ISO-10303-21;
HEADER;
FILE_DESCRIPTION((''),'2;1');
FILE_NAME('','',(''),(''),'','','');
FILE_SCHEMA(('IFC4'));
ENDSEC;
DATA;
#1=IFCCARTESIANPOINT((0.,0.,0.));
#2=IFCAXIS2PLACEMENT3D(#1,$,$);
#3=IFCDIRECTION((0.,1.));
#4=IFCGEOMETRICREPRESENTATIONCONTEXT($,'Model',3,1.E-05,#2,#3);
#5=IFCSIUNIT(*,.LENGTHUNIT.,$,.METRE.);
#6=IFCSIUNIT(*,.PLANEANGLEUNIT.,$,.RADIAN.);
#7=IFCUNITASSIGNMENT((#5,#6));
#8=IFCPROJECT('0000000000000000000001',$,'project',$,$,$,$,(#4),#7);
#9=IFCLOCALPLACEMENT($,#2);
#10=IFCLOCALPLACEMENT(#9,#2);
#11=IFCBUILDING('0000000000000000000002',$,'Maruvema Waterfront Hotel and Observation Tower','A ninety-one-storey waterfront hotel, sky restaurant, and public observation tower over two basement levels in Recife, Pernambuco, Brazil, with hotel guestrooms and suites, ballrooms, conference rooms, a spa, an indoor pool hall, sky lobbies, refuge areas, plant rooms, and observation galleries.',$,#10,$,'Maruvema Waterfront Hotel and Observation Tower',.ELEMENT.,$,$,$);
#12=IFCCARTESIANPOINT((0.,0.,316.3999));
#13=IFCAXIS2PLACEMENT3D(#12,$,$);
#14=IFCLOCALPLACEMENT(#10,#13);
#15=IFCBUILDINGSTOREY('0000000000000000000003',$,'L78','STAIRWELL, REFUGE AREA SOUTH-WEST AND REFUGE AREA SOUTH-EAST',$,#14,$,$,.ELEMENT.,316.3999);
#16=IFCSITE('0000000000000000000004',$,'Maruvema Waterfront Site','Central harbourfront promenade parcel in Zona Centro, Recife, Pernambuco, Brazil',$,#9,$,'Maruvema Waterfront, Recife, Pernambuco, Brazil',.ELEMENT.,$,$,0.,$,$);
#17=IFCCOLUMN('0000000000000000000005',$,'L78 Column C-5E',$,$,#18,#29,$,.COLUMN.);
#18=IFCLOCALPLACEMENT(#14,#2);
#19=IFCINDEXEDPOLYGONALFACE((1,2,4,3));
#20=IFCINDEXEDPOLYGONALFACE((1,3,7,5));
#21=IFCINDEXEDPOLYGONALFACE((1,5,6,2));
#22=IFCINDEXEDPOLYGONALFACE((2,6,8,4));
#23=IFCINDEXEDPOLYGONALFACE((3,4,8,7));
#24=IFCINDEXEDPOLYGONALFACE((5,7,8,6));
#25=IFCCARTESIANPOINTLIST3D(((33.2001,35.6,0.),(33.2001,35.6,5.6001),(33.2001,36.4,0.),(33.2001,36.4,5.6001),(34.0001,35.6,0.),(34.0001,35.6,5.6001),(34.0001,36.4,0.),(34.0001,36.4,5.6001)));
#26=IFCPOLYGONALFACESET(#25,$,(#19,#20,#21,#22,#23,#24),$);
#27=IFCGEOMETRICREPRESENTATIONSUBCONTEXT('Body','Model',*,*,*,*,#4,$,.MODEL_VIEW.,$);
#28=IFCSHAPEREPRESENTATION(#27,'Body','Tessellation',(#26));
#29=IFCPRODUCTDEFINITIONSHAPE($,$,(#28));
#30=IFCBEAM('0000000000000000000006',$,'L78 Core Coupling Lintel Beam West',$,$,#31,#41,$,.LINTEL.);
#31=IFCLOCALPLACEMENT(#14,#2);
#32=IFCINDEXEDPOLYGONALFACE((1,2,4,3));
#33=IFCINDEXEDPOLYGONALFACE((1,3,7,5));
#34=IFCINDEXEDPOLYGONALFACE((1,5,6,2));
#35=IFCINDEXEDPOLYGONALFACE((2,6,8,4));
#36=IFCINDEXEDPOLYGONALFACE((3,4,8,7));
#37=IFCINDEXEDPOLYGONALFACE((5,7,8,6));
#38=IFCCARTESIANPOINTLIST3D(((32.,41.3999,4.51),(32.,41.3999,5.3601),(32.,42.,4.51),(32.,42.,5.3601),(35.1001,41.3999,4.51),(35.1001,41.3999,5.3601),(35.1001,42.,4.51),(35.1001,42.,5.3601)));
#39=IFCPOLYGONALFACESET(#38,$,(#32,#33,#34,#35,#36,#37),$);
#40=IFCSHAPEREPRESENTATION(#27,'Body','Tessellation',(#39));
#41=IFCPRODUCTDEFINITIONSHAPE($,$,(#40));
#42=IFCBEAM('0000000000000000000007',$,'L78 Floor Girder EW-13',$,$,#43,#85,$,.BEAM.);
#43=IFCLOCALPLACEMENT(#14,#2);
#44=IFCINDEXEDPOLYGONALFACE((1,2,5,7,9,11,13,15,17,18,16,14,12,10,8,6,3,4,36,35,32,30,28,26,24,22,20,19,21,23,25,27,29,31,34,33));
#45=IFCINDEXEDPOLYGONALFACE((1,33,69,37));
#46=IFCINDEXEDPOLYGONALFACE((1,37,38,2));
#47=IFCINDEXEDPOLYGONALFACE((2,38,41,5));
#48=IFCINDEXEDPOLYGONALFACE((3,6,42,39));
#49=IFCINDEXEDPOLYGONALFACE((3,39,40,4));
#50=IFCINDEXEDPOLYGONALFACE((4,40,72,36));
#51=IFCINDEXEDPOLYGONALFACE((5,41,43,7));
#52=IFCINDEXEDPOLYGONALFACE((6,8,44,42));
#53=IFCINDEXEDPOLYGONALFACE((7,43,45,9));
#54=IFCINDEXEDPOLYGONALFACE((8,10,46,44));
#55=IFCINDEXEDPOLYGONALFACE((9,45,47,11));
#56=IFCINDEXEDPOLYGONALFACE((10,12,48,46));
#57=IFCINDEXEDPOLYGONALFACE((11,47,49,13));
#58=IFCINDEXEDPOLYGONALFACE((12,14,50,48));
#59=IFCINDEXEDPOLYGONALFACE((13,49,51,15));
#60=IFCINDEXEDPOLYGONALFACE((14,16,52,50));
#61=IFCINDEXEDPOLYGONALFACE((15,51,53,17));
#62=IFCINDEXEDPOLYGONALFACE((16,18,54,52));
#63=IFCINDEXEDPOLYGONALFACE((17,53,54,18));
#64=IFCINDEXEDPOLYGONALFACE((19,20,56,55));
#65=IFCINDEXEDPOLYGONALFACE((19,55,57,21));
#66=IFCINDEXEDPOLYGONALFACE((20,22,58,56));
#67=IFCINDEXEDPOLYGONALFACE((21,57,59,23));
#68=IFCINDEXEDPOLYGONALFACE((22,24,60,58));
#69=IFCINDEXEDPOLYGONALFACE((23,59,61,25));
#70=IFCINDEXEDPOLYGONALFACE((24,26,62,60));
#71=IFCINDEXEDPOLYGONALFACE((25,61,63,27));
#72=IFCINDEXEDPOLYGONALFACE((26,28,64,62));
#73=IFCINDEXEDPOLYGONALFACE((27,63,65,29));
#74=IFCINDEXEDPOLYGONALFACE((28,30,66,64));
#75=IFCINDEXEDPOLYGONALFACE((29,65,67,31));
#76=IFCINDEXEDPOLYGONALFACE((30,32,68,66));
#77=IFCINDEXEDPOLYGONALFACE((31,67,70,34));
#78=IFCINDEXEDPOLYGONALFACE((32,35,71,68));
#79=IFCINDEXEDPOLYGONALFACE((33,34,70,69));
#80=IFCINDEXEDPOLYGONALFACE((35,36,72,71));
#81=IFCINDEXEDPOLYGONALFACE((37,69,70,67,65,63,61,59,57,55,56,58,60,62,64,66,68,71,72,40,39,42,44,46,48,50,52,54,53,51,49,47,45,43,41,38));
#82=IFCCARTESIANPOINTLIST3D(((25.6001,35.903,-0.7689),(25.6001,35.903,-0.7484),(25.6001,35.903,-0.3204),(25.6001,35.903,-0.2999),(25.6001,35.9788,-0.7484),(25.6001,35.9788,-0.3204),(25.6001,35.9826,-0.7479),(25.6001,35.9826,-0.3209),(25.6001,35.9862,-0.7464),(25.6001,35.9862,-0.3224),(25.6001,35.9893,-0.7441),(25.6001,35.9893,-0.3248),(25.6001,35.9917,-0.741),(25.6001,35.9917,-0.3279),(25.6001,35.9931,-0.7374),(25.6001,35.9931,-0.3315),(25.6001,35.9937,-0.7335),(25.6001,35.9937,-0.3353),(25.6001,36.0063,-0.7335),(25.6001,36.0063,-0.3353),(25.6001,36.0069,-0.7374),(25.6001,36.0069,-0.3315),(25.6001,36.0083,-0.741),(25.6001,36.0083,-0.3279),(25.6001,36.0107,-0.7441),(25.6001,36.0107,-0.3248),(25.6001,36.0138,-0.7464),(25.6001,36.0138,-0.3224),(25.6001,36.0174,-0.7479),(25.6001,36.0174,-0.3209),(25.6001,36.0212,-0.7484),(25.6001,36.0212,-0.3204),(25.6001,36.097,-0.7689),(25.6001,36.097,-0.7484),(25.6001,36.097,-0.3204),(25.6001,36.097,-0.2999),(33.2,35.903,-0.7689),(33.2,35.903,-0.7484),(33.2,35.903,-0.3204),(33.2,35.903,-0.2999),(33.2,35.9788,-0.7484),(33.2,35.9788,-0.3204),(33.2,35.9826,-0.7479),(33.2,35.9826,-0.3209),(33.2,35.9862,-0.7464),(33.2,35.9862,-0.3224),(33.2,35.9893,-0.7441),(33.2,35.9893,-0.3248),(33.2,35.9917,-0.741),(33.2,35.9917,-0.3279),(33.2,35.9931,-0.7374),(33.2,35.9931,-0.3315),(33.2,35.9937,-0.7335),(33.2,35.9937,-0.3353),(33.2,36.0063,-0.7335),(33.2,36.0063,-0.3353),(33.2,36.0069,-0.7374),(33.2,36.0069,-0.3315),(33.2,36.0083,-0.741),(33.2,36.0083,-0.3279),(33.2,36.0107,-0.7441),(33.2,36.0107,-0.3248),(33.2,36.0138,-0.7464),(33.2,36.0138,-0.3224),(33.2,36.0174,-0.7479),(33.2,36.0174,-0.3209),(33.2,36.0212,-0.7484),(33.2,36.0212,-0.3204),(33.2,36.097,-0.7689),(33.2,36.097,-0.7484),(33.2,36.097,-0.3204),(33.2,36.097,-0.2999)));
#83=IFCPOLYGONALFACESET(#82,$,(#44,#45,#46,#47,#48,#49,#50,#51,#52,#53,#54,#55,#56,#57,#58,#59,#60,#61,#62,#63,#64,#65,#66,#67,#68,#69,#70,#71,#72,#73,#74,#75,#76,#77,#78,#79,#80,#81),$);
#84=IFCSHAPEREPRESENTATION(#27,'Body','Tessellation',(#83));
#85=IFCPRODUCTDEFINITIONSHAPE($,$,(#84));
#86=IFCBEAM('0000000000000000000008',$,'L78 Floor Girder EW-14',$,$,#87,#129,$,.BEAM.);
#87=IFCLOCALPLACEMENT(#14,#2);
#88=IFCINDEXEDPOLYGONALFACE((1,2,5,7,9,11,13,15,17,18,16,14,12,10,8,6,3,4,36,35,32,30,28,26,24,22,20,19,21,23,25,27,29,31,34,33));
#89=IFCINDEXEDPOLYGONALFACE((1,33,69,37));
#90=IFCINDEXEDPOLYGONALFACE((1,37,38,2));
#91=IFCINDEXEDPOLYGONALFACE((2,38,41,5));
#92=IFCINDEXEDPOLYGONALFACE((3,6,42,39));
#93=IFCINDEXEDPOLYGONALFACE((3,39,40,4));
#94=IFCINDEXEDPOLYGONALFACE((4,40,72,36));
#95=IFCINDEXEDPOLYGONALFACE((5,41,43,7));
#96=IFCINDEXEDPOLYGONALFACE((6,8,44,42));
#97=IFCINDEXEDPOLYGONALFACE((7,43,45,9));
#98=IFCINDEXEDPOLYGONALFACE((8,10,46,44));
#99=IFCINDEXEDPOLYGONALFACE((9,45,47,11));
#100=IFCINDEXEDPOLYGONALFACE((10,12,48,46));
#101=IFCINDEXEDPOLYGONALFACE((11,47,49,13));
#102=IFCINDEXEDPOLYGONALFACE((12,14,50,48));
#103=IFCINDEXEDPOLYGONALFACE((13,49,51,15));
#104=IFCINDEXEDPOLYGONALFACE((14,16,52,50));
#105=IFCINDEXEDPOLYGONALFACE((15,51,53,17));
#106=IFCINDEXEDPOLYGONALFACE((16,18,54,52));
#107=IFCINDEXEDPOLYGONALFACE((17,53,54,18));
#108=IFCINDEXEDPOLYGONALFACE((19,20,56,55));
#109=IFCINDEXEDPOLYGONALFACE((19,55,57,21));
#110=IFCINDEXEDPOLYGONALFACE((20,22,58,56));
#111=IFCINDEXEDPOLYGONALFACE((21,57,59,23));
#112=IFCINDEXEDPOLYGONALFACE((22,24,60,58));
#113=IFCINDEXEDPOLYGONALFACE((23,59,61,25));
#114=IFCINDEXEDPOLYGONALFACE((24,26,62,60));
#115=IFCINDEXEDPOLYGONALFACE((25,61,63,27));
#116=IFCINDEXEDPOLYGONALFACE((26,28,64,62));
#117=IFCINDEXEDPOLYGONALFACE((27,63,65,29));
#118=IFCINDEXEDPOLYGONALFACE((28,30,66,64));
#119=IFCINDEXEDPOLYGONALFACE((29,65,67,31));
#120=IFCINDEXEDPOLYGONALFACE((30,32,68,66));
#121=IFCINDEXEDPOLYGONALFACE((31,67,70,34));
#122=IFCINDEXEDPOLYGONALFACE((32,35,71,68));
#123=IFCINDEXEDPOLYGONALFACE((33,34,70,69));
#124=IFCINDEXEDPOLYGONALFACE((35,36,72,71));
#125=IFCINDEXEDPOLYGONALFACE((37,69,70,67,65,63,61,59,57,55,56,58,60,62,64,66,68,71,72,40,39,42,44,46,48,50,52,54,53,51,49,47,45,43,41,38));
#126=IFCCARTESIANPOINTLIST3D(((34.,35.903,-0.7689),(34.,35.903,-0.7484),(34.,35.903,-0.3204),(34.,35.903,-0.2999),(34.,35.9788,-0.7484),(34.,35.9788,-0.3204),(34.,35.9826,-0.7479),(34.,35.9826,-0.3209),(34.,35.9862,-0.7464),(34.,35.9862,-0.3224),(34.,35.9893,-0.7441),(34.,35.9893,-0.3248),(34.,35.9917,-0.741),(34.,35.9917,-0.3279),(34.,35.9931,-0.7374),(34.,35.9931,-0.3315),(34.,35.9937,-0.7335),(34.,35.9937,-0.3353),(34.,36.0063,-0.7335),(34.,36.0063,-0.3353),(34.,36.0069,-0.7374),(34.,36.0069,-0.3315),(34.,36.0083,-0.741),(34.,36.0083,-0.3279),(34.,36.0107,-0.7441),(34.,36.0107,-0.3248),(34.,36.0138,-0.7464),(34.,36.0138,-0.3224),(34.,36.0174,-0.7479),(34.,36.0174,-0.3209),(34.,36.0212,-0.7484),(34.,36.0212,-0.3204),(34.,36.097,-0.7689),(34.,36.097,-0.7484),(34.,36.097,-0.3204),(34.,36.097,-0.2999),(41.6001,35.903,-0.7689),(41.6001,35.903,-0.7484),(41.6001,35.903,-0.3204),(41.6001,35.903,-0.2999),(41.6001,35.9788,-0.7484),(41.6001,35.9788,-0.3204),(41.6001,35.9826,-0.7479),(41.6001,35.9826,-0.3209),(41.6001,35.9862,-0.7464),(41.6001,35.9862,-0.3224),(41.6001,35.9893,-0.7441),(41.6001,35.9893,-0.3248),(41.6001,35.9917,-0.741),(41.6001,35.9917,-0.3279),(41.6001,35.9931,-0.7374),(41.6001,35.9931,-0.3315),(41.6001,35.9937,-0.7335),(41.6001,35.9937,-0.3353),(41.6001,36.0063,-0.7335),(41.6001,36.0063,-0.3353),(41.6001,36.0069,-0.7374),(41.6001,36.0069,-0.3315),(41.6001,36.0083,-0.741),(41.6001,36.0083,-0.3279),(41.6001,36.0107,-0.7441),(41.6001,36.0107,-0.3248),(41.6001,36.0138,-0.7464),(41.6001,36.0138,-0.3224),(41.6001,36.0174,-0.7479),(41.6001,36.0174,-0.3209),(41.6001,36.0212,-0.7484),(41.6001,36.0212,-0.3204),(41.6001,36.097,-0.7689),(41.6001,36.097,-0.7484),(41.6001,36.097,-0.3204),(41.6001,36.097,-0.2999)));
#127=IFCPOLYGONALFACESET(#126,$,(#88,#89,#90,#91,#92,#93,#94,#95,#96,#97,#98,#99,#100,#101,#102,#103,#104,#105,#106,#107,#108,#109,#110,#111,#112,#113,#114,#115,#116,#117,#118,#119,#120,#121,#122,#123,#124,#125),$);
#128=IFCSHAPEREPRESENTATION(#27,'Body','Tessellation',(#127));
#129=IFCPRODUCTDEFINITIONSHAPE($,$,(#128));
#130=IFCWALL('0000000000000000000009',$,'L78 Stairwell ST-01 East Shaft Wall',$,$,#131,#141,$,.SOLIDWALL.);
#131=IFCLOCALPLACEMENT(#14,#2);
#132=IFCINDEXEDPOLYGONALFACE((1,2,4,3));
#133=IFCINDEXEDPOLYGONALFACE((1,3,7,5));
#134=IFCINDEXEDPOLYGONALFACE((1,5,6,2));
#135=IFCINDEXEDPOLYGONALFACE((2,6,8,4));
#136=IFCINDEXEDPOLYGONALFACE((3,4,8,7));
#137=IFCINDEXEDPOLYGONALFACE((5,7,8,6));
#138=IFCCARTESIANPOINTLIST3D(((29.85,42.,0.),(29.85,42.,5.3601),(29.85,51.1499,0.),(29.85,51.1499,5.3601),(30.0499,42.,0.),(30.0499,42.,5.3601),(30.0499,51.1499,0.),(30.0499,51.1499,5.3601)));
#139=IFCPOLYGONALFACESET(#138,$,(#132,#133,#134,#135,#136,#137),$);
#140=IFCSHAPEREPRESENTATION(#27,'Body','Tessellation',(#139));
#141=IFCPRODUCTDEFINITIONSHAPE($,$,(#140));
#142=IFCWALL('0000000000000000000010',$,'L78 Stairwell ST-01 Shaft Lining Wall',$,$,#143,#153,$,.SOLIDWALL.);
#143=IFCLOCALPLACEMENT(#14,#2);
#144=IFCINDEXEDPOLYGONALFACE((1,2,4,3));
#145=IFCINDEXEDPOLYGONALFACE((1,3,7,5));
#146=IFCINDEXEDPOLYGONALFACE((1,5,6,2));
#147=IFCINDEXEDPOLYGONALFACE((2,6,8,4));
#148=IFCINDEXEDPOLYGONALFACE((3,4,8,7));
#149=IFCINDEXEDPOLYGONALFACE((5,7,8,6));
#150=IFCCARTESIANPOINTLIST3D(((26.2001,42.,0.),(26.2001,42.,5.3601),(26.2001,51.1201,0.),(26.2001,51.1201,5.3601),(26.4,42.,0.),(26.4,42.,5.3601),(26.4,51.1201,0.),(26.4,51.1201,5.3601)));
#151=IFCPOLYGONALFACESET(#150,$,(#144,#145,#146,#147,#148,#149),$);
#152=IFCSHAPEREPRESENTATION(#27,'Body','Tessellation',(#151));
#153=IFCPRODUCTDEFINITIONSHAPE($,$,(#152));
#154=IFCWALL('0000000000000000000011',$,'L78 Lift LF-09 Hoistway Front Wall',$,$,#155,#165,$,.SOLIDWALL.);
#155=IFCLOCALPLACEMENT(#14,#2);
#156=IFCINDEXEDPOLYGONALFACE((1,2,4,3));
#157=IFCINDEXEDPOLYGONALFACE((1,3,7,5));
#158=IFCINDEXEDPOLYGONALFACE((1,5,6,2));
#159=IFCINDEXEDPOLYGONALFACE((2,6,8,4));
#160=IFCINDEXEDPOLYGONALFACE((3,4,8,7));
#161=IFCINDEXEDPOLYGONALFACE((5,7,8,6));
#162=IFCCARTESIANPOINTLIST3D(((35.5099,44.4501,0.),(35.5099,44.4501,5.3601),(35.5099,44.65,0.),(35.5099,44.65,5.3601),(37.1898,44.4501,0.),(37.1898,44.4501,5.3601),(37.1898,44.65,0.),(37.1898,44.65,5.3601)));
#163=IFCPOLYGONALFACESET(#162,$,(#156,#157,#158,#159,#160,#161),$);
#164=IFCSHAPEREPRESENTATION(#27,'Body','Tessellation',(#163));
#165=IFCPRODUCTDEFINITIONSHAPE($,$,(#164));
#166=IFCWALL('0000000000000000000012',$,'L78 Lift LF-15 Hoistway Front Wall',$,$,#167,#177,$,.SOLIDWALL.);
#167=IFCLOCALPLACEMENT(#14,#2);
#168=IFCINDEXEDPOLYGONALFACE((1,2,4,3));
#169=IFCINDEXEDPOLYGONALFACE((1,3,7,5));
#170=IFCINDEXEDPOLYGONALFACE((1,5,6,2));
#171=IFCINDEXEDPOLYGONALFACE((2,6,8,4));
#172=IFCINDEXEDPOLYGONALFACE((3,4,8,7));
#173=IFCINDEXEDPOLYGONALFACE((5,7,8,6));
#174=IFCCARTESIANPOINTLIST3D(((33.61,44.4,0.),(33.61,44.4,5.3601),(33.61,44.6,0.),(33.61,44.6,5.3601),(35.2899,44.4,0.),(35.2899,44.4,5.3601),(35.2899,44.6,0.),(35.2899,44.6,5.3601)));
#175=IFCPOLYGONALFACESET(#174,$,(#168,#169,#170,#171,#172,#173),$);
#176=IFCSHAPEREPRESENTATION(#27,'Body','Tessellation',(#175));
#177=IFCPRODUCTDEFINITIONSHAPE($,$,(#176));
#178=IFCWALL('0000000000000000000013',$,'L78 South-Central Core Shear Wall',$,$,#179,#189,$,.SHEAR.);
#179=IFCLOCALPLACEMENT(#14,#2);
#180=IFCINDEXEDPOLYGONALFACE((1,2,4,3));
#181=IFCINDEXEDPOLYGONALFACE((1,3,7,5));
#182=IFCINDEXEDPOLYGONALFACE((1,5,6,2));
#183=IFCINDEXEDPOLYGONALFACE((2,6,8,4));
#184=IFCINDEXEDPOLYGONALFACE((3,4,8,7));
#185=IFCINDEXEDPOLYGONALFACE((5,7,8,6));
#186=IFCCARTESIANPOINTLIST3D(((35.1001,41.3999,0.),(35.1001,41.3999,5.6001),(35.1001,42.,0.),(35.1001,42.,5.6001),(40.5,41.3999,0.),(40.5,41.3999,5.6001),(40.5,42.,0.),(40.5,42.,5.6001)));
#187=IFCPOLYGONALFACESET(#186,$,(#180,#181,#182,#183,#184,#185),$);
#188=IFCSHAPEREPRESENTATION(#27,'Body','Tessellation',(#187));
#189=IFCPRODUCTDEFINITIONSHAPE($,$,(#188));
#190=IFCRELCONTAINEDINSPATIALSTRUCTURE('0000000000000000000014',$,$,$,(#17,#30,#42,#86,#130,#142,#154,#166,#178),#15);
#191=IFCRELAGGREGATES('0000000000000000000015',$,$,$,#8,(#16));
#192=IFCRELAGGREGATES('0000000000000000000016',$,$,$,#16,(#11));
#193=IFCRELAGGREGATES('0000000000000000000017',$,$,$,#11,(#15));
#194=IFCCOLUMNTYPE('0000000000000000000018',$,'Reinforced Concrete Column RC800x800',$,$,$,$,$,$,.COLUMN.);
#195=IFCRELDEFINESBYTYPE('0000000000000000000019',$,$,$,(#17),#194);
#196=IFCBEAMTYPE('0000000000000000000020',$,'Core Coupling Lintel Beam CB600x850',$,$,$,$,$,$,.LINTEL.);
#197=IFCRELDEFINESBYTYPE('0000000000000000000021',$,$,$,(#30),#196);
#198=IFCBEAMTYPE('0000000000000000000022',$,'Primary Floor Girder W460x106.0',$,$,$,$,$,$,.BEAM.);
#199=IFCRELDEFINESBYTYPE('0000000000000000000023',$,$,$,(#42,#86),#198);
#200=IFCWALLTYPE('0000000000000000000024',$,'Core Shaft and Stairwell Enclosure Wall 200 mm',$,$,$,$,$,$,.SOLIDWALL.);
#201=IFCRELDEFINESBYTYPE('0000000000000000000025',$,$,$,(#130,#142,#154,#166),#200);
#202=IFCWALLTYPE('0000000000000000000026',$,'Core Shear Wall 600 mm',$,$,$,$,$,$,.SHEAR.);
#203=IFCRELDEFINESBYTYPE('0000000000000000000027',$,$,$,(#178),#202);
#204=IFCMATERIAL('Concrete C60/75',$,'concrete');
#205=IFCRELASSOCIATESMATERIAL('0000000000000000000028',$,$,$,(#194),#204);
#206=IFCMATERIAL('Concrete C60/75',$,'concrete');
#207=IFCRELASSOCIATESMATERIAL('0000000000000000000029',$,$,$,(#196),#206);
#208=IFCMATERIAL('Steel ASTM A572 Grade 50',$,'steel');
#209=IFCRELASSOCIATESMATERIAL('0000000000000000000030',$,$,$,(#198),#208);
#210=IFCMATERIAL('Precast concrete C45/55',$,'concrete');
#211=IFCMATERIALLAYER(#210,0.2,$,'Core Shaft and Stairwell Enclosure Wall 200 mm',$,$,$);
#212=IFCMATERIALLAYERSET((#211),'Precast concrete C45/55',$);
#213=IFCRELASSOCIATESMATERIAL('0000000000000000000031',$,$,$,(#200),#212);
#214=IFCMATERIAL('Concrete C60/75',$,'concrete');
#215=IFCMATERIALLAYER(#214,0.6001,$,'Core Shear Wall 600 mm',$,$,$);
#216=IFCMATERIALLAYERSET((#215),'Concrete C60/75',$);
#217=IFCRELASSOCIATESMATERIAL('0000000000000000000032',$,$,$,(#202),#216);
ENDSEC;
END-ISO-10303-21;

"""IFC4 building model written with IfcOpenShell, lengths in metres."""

from ifc_helpers import new_model, si_unit, direction, frame, frame_2d, origin, origin_2d, place, context, subcontext, project, spatial, rectangle, i_section, extrude, material, layer, layer_set, material_profile, profile_set, type_object, element, save


model = new_model("IFC4")

# Units and contexts
model_context = context("Model", 3, precision=1e-05, world=origin(), true_north=direction((0.0, 1.0)))
body_context = subcontext(model_context, "Body", "Model", "MODEL_VIEW")
ifc_project = project(units=[si_unit("LENGTHUNIT", "METRE"), si_unit("PLANEANGLEUNIT", "RADIAN")], contexts=[model_context])

# Site, building, storey
site_placement = place(None, origin())
site = spatial("IfcSite", under=ifc_project, at=site_placement, Name="Maruvema Waterfront Site", Description="Central harbourfront promenade parcel in Zona Centro, Recife, Pernambuco, Brazil", LongName="Maruvema Waterfront, Recife, Pernambuco, Brazil", CompositionType="ELEMENT", RefElevation=0.0)
building_placement = place(site_placement, origin())
building = spatial("IfcBuilding", under=site, at=building_placement, Name="Maruvema Waterfront Hotel and Observation Tower", Description="A ninety-one-storey waterfront hotel, sky restaurant, and public observation tower over two basement levels in Recife, Pernambuco, Brazil, with hotel guestrooms and suites, ballrooms, conference rooms, a spa, an indoor pool hall, sky lobbies, refuge areas, plant rooms, and observation galleries.", LongName="Maruvema Waterfront Hotel and Observation Tower", CompositionType="ELEMENT")
storey_placement = place(building_placement, frame((0.0, 0.0, 316.3999)))
storey = spatial("IfcBuildingStorey", under=building, at=storey_placement, Name="L78", Description="STAIRWELL, REFUGE AREA SOUTH-WEST AND REFUGE AREA SOUTH-EAST", CompositionType="ELEMENT", Elevation=316.3999)

# Column
ifc_material_1 = material(Name="Concrete C60/75", Category="concrete")
ifc_material_profile_1 = material_profile(ifc_material_1, rectangle(XDim=0.8, YDim=0.8, at=origin_2d()), Name="RC800x800")
ifc_profile_set_1 = profile_set([ifc_material_profile_1], Name="Concrete C60/75")
column_type = type_object("IfcColumnType", Name="Reinforced Concrete Column RC800x800", PredefinedType="COLUMN", material=ifc_profile_set_1)
column_placement = place(storey_placement, frame((33.6001, 36.0, 0.0), z_axis=(0.0, 0.0, 1.0), x_axis=(1.0, 0.0, 0.0)))
element("IfcColumn", 1, at=column_placement, inside=storey, type_object=column_type, Name="L78 Column C-5E", PredefinedType="COLUMN", context=body_context, shape_type="SweptSolid", body=[
    extrude(rectangle(XDim=0.8, YDim=0.8, at=origin_2d()), origin(), (0.0, 0.0, 1.0), 5.6001),
])

# Beams
ifc_material_2 = material(Name="Concrete C60/75", Category="concrete")
ifc_material_profile_2 = material_profile(ifc_material_2, rectangle(XDim=0.6001, YDim=0.8501, at=origin_2d()), Name="CB600x850")
ifc_profile_set_2 = profile_set([ifc_material_profile_2], Name="Concrete C60/75")
beam_type_1 = type_object("IfcBeamType", Name="Core Coupling Lintel Beam CB600x850", PredefinedType="LINTEL", material=ifc_profile_set_2)
beam_1_placement = place(storey_placement, frame((32.0, 41.7, 4.9351), z_axis=(1.0, 0.0, 0.0), x_axis=(0.0, 1.0, 0.0)))
element("IfcBeam", 2, at=beam_1_placement, inside=storey, type_object=beam_type_1, Name="L78 Core Coupling Lintel Beam West", PredefinedType="LINTEL", context=body_context, shape_type="SweptSolid", body=[
    extrude(rectangle(XDim=0.6001, YDim=0.8501, at=origin_2d()), origin(), (0.0, 0.0, 1.0), 3.1001),
])
ifc_material_3 = material(Name="Steel ASTM A572 Grade 50", Category="steel")
ifc_material_profile_3 = material_profile(ifc_material_3, i_section(OverallWidth=0.1941, OverallDepth=0.469, WebThickness=0.0127, FlangeThickness=0.0205, FilletRadius=0.0149, at=origin_2d()), Name="W460x106.0")
ifc_profile_set_3 = profile_set([ifc_material_profile_3], Name="Steel ASTM A572 Grade 50")
beam_type_2 = type_object("IfcBeamType", Name="Primary Floor Girder W460x106.0", PredefinedType="BEAM", material=ifc_profile_set_3)
beam_2_placement = place(storey_placement, frame((25.6001, 36.0, -0.5344), z_axis=(1.0, 0.0, 0.0), x_axis=(0.0, 1.0, 0.0)))
element("IfcBeam", 3, at=beam_2_placement, inside=storey, type_object=beam_type_2, Name="L78 Floor Girder EW-13", PredefinedType="BEAM", context=body_context, shape_type="SweptSolid", body=[
    extrude(i_section(OverallWidth=0.1941, OverallDepth=0.469, WebThickness=0.0127, FlangeThickness=0.0205, FilletRadius=0.0149, at=origin_2d()), origin(), (0.0, 0.0, 1.0), 7.5999),
])
beam_3_placement = place(storey_placement, frame((34.0, 36.0, -0.5344), z_axis=(1.0, 0.0, 0.0), x_axis=(0.0, 1.0, 0.0)))
element("IfcBeam", 4, at=beam_3_placement, inside=storey, type_object=beam_type_2, Name="L78 Floor Girder EW-14", PredefinedType="BEAM", context=body_context, shape_type="SweptSolid", body=[
    extrude(i_section(OverallWidth=0.1941, OverallDepth=0.469, WebThickness=0.0127, FlangeThickness=0.0205, FilletRadius=0.0149, at=origin_2d()), origin(), (0.0, 0.0, 1.0), 7.6001),
])

# Walls
ifc_material_4 = material(Name="Precast concrete C45/55", Category="concrete")
ifc_layer_1 = layer(ifc_material_4, 0.2, Name="Core Shaft and Stairwell Enclosure Wall 200 mm")
ifc_layer_set_1 = layer_set([ifc_layer_1], Name="Precast concrete C45/55")
wall_type_1 = type_object("IfcWallType", Name="Core Shaft and Stairwell Enclosure Wall 200 mm", PredefinedType="SOLIDWALL", material=ifc_layer_set_1)
wall_1_placement = place(storey_placement, frame((29.95, 42.0, 0.0), z_axis=(0.0, 0.0, 1.0), x_axis=(0.0, 1.0, 0.0)))
element("IfcWall", 5, at=wall_1_placement, inside=storey, type_object=wall_type_1, Name="L78 Stairwell ST-01 East Shaft Wall", PredefinedType="SOLIDWALL", context=body_context, shape_type="SweptSolid", body=[
    extrude(rectangle(XDim=9.1499, YDim=0.2, at=frame_2d((4.575, 0.0))), origin(), (0.0, 0.0, 1.0), 5.3601),
])
wall_2_placement = place(storey_placement, frame((26.3, 42.0, 0.0), z_axis=(0.0, 0.0, 1.0), x_axis=(0.0, 1.0, 0.0)))
element("IfcWall", 6, at=wall_2_placement, inside=storey, type_object=wall_type_1, Name="L78 Stairwell ST-01 Shaft Lining Wall", PredefinedType="SOLIDWALL", context=body_context, shape_type="SweptSolid", body=[
    extrude(rectangle(XDim=9.1201, YDim=0.2, at=frame_2d((4.5601, 0.0))), origin(), (0.0, 0.0, 1.0), 5.3601),
])
for number, where, z_axis, x_axis, name in (
    (7, (35.51, 44.55, 0.0), (0.0, 0.0, 1.0), (1.0, 0.0, 0.0), "L78 Lift LF-09 Hoistway Front Wall"),
    (8, (33.6101, 44.5, 0.0), (0.0, 0.0, 1.0), (1.0, 0.0, 0.0), "L78 Lift LF-15 Hoistway Front Wall"),
):
    element("IfcWall", number, at=place(storey_placement, frame(where, z_axis=z_axis, x_axis=x_axis)), inside=storey, type_object=wall_type_1, Name=name, PredefinedType="SOLIDWALL", context=body_context, shape_type="SweptSolid", body=[
        extrude(rectangle(XDim=1.6799, YDim=0.2, at=frame_2d((0.8398, 0.0))), origin(), (0.0, 0.0, 1.0), 5.3601),
    ])
ifc_material_5 = material(Name="Concrete C60/75", Category="concrete")
ifc_layer_2 = layer(ifc_material_5, 0.6001, Name="Core Shear Wall 600 mm")
ifc_layer_set_2 = layer_set([ifc_layer_2], Name="Concrete C60/75")
wall_type_2 = type_object("IfcWallType", Name="Core Shear Wall 600 mm", PredefinedType="SHEAR", material=ifc_layer_set_2)
wall_3_placement = place(storey_placement, frame((35.1001, 41.7, 0.0), z_axis=(0.0, 0.0, 1.0), x_axis=(1.0, 0.0, 0.0)))
element("IfcWall", 9, at=wall_3_placement, inside=storey, type_object=wall_type_2, Name="L78 South-Central Core Shear Wall", PredefinedType="SHEAR", context=body_context, shape_type="SweptSolid", body=[
    extrude(rectangle(XDim=5.3999, YDim=0.6001, at=frame_2d((2.7, 0.0))), origin(), (0.0, 0.0, 1.0), 5.6001),
])

save(model, "model.ifc")
